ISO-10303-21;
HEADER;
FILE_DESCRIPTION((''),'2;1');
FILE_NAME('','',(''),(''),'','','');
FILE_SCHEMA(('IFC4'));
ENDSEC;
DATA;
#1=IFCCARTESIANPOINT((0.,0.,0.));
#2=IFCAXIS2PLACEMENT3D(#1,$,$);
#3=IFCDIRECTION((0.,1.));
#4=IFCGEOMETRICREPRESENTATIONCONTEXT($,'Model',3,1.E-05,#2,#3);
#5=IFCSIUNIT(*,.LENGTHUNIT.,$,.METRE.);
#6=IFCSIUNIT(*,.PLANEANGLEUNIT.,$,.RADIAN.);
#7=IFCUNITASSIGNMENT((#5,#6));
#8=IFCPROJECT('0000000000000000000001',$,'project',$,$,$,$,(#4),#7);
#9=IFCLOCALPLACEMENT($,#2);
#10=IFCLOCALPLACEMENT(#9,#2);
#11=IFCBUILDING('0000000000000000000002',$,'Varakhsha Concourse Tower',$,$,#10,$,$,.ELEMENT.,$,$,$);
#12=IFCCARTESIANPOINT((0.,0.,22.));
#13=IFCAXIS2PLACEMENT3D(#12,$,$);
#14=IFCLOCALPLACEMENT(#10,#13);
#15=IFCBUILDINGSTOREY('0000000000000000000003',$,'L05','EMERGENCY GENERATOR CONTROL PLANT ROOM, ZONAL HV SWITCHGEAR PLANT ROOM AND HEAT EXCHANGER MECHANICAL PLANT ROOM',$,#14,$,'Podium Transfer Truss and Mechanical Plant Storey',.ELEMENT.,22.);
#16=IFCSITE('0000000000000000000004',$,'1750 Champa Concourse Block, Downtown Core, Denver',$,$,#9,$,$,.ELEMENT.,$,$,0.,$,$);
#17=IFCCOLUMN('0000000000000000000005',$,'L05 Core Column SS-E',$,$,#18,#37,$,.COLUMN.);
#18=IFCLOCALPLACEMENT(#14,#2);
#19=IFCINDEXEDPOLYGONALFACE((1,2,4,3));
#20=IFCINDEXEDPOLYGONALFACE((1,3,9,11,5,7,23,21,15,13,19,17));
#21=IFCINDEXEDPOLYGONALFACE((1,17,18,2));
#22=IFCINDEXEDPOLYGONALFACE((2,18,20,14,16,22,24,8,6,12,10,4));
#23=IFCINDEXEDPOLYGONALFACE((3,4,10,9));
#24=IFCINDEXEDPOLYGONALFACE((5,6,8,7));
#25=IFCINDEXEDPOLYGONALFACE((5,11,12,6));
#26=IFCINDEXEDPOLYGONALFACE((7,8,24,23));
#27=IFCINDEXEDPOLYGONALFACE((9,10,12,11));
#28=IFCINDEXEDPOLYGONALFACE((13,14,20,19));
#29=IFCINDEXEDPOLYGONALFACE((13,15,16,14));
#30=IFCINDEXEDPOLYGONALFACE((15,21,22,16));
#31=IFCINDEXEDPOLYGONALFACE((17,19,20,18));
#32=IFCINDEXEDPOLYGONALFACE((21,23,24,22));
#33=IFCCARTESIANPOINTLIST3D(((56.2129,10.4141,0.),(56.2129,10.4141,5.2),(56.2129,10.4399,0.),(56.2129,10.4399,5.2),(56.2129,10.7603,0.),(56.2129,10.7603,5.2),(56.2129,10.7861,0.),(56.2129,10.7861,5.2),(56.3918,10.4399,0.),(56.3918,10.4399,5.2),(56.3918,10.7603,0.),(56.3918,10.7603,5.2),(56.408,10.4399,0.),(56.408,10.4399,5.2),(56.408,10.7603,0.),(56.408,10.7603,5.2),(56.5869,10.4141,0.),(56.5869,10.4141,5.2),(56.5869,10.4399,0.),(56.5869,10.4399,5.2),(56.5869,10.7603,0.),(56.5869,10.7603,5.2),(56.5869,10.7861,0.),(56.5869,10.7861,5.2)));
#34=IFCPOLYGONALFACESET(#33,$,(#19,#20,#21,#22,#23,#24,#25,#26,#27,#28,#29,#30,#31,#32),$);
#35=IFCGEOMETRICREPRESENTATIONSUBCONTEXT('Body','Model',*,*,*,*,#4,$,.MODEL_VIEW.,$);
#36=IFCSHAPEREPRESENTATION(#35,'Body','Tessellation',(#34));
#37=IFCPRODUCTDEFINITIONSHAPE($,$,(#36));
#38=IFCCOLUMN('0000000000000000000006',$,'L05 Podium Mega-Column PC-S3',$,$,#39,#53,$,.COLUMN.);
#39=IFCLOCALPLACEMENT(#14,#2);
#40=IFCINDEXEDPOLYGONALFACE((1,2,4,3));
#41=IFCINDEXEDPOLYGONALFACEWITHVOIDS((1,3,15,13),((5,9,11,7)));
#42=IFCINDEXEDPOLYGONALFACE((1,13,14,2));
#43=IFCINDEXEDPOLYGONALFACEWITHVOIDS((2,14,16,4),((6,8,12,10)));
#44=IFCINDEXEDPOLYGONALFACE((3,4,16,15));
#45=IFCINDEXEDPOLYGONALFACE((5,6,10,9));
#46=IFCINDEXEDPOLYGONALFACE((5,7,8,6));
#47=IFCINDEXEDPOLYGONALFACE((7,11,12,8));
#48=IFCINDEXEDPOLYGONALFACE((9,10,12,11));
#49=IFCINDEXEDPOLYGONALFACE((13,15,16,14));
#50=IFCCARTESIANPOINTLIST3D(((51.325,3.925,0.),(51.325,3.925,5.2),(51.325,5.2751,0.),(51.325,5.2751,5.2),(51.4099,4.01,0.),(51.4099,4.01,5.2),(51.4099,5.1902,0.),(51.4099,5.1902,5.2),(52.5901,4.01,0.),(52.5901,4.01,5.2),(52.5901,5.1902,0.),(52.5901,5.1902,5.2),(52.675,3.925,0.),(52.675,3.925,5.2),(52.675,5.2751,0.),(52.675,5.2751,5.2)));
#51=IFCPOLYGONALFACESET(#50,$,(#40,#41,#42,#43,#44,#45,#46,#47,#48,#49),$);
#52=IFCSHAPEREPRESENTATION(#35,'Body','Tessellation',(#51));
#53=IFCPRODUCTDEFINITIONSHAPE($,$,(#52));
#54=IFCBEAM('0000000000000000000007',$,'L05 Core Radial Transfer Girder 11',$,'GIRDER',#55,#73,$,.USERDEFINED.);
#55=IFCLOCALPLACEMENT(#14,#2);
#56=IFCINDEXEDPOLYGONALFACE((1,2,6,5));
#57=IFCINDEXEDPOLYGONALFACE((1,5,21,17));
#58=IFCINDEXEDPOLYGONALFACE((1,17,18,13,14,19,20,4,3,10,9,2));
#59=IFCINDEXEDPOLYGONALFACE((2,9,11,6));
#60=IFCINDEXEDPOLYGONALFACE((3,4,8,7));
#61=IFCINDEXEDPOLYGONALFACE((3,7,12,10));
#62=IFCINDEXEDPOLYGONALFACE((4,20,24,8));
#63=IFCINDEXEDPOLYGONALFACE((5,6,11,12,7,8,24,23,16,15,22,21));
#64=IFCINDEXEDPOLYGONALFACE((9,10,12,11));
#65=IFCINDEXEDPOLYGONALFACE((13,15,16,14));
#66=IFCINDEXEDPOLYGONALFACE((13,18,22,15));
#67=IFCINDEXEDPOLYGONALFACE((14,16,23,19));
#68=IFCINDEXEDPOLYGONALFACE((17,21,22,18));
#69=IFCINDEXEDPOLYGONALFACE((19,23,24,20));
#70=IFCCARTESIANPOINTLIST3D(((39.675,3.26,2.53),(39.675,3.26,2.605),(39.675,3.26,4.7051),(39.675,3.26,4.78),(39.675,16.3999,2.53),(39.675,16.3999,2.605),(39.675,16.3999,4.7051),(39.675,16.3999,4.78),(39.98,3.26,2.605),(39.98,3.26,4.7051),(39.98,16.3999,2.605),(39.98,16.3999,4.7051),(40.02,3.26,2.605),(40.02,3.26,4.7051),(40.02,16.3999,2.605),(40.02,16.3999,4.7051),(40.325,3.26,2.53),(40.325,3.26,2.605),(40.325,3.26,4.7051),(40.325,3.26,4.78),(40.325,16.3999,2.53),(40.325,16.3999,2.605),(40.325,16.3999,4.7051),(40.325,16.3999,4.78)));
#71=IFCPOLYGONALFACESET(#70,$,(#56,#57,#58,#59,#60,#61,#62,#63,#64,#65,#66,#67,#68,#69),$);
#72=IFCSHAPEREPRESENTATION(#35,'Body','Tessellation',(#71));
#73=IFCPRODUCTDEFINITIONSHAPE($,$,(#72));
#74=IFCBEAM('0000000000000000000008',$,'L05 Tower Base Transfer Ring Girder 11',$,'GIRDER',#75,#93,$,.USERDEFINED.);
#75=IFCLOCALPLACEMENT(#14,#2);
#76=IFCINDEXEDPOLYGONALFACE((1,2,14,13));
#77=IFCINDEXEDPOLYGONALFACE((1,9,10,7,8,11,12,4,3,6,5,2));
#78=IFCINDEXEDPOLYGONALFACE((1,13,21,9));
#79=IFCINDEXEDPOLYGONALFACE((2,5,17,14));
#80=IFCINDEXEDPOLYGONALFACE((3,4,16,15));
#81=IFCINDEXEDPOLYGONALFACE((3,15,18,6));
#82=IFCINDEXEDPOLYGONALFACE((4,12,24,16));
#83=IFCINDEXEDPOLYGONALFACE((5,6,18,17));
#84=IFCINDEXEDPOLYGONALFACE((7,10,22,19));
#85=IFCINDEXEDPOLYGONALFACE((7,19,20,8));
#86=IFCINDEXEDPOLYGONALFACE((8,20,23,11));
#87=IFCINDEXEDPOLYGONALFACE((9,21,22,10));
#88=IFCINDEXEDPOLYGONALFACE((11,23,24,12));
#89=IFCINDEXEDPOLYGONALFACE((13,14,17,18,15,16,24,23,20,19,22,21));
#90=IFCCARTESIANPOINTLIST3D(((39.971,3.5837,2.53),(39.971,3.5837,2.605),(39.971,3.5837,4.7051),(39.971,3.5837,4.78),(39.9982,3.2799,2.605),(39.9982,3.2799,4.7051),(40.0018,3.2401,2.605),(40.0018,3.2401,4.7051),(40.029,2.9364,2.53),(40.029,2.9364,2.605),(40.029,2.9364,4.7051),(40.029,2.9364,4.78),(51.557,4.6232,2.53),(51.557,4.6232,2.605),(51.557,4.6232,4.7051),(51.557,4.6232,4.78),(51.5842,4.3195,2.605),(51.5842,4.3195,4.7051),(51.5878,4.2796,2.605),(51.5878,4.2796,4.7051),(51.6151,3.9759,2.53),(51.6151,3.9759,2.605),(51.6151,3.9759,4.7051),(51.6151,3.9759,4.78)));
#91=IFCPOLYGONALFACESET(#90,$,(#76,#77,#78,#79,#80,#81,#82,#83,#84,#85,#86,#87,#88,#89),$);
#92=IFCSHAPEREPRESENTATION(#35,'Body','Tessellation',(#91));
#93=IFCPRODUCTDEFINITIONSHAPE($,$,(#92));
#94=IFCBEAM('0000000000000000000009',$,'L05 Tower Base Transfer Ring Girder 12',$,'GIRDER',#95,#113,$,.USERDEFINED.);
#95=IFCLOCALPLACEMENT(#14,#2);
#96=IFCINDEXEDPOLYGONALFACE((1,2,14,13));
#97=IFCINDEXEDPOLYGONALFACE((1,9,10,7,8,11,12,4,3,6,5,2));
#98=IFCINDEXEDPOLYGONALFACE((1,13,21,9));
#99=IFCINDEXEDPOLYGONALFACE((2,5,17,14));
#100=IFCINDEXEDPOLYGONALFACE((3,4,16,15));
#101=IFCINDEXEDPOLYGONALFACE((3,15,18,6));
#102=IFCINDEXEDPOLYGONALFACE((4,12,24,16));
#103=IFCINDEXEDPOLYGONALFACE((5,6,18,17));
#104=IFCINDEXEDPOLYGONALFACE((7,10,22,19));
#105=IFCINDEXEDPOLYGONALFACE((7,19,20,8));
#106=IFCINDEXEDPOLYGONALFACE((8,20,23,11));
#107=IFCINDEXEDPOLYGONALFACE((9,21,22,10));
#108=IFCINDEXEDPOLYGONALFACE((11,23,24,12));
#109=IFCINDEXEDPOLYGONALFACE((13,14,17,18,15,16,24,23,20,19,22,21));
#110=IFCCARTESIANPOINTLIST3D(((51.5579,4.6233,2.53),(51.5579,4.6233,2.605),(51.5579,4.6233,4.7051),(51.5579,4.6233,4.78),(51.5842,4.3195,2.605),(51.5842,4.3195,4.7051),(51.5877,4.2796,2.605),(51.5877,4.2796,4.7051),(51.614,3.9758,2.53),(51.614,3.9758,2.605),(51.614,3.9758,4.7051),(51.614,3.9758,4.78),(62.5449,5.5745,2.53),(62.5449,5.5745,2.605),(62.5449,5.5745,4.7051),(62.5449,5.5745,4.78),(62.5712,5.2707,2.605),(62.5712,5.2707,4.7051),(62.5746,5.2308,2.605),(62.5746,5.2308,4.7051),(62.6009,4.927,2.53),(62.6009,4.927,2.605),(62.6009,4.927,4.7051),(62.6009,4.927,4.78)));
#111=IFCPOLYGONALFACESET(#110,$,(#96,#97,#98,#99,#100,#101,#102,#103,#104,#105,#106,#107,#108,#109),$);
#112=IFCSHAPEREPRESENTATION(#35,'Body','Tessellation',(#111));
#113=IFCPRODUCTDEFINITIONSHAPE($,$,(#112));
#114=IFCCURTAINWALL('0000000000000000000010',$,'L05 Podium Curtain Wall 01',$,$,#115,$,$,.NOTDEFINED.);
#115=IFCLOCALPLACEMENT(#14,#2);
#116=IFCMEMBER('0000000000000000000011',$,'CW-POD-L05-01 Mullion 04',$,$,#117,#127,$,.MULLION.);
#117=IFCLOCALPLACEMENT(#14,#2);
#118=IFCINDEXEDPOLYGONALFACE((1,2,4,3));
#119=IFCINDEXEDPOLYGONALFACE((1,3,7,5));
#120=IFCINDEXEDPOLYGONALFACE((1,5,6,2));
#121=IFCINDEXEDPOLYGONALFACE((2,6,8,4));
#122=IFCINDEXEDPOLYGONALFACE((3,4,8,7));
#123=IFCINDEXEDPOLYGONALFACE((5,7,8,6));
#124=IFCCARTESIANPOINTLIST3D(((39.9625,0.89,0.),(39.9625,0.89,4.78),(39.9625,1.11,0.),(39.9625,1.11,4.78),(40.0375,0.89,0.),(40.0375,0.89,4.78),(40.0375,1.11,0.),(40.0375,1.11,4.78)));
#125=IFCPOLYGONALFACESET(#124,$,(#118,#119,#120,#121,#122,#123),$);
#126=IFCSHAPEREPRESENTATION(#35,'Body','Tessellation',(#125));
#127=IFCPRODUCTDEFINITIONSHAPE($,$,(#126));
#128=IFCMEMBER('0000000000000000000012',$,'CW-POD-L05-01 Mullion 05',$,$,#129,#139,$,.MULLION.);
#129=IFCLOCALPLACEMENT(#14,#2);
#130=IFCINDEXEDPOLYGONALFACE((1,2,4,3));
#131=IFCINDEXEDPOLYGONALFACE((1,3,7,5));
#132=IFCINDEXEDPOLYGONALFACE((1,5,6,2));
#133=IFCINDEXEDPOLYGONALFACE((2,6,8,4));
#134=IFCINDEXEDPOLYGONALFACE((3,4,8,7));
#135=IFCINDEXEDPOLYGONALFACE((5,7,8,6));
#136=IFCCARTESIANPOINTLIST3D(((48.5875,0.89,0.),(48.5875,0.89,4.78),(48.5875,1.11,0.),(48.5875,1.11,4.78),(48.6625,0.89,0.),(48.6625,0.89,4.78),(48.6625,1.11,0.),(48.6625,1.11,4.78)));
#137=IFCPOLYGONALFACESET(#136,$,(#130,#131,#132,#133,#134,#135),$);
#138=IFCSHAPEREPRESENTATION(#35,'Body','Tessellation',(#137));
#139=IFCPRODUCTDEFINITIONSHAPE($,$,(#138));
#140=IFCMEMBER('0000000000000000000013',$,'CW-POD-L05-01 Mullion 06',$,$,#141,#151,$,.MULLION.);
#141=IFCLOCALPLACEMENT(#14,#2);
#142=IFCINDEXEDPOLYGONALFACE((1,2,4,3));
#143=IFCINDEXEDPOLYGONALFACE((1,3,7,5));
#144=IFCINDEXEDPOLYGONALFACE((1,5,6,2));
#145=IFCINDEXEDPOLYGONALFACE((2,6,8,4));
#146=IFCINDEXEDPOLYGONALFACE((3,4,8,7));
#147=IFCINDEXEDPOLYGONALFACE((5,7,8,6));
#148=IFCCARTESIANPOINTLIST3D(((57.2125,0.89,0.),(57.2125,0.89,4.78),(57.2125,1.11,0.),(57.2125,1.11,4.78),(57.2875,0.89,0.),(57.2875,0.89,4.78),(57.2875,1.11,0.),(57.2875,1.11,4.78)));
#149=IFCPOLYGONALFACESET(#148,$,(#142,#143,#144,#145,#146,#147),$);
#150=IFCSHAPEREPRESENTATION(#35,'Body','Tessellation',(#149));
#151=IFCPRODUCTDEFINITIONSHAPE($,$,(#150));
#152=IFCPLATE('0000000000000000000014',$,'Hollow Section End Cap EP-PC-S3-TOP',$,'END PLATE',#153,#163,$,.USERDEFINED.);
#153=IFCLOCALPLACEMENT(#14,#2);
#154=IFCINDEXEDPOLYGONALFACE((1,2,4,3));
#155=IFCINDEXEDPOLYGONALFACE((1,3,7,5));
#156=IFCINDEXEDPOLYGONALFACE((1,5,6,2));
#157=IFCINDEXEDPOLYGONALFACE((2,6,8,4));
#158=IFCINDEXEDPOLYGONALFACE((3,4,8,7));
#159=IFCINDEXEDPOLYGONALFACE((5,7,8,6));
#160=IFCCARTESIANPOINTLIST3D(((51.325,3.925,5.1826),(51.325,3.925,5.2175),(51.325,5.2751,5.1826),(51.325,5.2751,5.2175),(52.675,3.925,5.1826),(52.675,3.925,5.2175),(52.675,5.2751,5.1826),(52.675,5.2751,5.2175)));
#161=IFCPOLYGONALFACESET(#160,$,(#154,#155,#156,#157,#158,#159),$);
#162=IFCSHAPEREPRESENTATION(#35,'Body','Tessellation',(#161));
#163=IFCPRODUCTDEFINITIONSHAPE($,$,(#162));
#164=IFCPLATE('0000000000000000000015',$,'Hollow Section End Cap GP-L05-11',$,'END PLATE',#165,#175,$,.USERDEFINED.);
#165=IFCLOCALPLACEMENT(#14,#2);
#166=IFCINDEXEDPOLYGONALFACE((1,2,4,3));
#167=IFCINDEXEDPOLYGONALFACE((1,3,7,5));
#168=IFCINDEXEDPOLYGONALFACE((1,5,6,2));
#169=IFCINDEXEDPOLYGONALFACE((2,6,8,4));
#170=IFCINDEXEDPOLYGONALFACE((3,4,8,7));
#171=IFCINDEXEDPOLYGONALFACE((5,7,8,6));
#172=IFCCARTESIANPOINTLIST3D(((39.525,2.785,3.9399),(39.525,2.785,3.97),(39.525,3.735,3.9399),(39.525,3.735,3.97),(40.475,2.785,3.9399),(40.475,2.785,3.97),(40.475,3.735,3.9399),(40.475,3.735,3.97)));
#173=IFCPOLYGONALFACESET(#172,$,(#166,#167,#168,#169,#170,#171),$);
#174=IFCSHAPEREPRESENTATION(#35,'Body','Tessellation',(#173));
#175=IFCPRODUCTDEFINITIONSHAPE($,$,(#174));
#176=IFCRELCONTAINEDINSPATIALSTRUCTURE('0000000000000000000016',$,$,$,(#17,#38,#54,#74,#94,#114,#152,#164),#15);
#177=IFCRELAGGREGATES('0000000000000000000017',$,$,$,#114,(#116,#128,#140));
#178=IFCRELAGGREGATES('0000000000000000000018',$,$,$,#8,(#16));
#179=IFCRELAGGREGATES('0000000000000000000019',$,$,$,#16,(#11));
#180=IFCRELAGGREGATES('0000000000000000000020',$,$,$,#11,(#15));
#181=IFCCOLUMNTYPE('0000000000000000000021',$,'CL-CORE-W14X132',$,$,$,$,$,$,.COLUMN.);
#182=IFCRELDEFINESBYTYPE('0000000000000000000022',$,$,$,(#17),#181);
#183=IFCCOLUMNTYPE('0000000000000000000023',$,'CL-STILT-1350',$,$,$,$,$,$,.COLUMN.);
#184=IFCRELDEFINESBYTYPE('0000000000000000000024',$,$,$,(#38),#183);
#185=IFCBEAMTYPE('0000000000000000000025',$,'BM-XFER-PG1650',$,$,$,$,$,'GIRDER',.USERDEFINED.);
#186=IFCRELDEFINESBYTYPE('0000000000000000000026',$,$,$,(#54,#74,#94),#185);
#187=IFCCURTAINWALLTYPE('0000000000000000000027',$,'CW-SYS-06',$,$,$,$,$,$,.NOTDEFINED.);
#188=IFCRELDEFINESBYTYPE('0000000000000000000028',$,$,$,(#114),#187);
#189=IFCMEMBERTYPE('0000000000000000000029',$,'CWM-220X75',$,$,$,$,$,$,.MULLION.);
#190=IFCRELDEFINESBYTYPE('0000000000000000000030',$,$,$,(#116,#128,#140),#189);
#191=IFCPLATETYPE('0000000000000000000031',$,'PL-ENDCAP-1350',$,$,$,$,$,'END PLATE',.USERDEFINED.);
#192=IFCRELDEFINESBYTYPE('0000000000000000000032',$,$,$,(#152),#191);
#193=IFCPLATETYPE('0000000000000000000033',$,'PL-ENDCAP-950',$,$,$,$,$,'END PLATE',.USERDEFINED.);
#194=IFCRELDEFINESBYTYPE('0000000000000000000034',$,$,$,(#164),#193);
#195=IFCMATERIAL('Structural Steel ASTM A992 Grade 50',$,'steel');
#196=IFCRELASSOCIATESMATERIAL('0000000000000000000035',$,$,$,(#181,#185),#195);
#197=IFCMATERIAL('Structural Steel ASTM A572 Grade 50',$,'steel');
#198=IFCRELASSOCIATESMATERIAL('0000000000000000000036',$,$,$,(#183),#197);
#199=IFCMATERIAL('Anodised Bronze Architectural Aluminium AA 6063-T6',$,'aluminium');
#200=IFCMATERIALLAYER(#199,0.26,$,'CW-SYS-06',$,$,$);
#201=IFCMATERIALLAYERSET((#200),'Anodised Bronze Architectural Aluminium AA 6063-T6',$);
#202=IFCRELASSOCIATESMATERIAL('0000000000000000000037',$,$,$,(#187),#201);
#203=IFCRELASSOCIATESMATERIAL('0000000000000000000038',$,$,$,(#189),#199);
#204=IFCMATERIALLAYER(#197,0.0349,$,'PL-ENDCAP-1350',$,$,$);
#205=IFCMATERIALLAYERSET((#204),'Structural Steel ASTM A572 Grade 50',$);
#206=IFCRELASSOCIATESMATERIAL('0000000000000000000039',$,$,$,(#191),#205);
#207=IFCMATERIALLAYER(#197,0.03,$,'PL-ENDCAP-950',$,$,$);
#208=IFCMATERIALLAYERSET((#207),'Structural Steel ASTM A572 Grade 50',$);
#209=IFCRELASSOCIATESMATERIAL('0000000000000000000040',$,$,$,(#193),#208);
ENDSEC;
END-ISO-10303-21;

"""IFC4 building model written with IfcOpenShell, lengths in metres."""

from ifc_helpers import new_model, si_unit, direction, frame, origin, origin_2d, place, context, subcontext, project, spatial, rectangle, hollow_rectangle, i_section, extrude, source, transform, mapped, material, layer, layer_set, material_profile, profile_set, type_object, type_shapes, element, aggregate, save


model = new_model("IFC4")

# Units and contexts
model_context = context("Model", 3, precision=1e-05, world=origin(), true_north=direction((0.0, 1.0)))
body_context = subcontext(model_context, "Body", "Model", "MODEL_VIEW")
ifc_project = project(units=[si_unit("LENGTHUNIT", "METRE"), si_unit("PLANEANGLEUNIT", "RADIAN")], contexts=[model_context])

# Site, building, storey
site_placement = place(None, origin())
site = spatial("IfcSite", under=ifc_project, at=site_placement, Name="1750 Champa Concourse Block, Downtown Core, Denver", CompositionType="ELEMENT", RefElevation=0.0)
building_placement = place(site_placement, origin())
building = spatial("IfcBuilding", under=site, at=building_placement, Name="Varakhsha Concourse Tower", CompositionType="ELEMENT")
storey_placement = place(building_placement, frame((0.0, 0.0, 22.0)))
storey = spatial("IfcBuildingStorey", under=building, at=storey_placement, Name="L05", Description="EMERGENCY GENERATOR CONTROL PLANT ROOM, ZONAL HV SWITCHGEAR PLANT ROOM AND HEAT EXCHANGER MECHANICAL PLANT ROOM", LongName="Podium Transfer Truss and Mechanical Plant Storey", CompositionType="ELEMENT", Elevation=22.0)

# Columns
ifc_material_1 = material(Name="Structural Steel ASTM A992 Grade 50", Category="steel")
ifc_material_profile_1 = material_profile(ifc_material_1, i_section(OverallWidth=0.374, OverallDepth=0.3721, WebThickness=0.0161, FlangeThickness=0.0259, at=origin_2d()), Name="W14X132")
ifc_profile_set_1 = profile_set([ifc_material_profile_1], Name="Structural Steel ASTM A992 Grade 50")
column_type_1 = type_object("IfcColumnType", Name="CL-CORE-W14X132", PredefinedType="COLUMN", material=ifc_profile_set_1)
column_1_placement = place(storey_placement, frame((56.3999, 10.6001, 0.0), z_axis=(0.0, 0.0, 1.0), x_axis=(1.0, 0.0, 0.0)))
element("IfcColumn", 1, at=column_1_placement, inside=storey, type_object=column_type_1, Name="L05 Core Column SS-E", PredefinedType="COLUMN", context=body_context, shape_type="SweptSolid", body=[
    extrude(i_section(OverallWidth=0.374, OverallDepth=0.3721, WebThickness=0.0161, FlangeThickness=0.0259, at=origin_2d()), origin(), (0.0, 0.0, 1.0), 5.2),
])
ifc_material_2 = material(Name="Structural Steel ASTM A572 Grade 50", Category="steel")
ifc_material_profile_2 = material_profile(ifc_material_2, hollow_rectangle(XDim=1.3501, YDim=1.3501, WallThickness=0.085, at=origin_2d()), Name="BOX 1350x1350x85")
ifc_profile_set_2 = profile_set([ifc_material_profile_2], Name="Structural Steel ASTM A572 Grade 50")
column_type_2 = type_object("IfcColumnType", Name="CL-STILT-1350", PredefinedType="COLUMN", material=ifc_profile_set_2)
column_2_placement = place(storey_placement, frame((52.0, 4.6001, 0.0), z_axis=(0.0, 0.0, 1.0), x_axis=(1.0, 0.0, 0.0)))
element("IfcColumn", 2, at=column_2_placement, inside=storey, type_object=column_type_2, Name="L05 Podium Mega-Column PC-S3", PredefinedType="COLUMN", context=body_context, shape_type="SweptSolid", body=[
    extrude(hollow_rectangle(XDim=1.3501, YDim=1.3501, WallThickness=0.085, at=origin_2d()), origin(), (0.0, 0.0, 1.0), 5.2),
])

# Beams
ifc_material_profile_3 = material_profile(ifc_material_1, i_section(OverallWidth=0.6499, OverallDepth=2.25, WebThickness=0.04, FlangeThickness=0.075, at=origin_2d()), Name="PG 2250x650x75x40")
ifc_profile_set_3 = profile_set([ifc_material_profile_3], Name="Structural Steel ASTM A992 Grade 50")
beam_type = type_object("IfcBeamType", Name="BM-XFER-PG1650", ElementType="GIRDER", PredefinedType="USERDEFINED", material=ifc_profile_set_3)
beam_1_placement = place(storey_placement, frame((40.0, 16.3999, 3.655), z_axis=(0.0, -1.0, 0.0), x_axis=(1.0, 0.0, 0.0)))
element("IfcBeam", 3, at=beam_1_placement, inside=storey, type_object=beam_type, Name="L05 Core Radial Transfer Girder 11", ObjectType="GIRDER", PredefinedType="USERDEFINED", context=body_context, shape_type="SweptSolid", body=[
    extrude(i_section(OverallWidth=0.6499, OverallDepth=2.25, WebThickness=0.04, FlangeThickness=0.075, at=origin_2d()), origin(), (0.0, 0.0, 1.0), 13.1399),
])
beam_2_placement = place(storey_placement, frame((40.0, 3.26, 3.655), z_axis=(0.995999, 0.089366, 0.0), x_axis=(-0.089366, 0.995999, 0.0)))
element("IfcBeam", 4, at=beam_2_placement, inside=storey, type_object=beam_type, Name="L05 Tower Base Transfer Ring Girder 11", ObjectType="GIRDER", PredefinedType="USERDEFINED", context=body_context, shape_type="SweptSolid", body=[
    extrude(i_section(OverallWidth=0.6499, OverallDepth=2.25, WebThickness=0.04, FlangeThickness=0.075, at=origin_2d()), origin(), (0.0, 0.0, 1.0), 11.6326),
])
beam_3_placement = place(storey_placement, frame((51.5859, 4.2996, 3.655), z_axis=(0.996274, 0.086249, 0.0), x_axis=(-0.086249, 0.996274, 0.0)))
element("IfcBeam", 5, at=beam_3_placement, inside=storey, type_object=beam_type, Name="L05 Tower Base Transfer Ring Girder 12", ObjectType="GIRDER", PredefinedType="USERDEFINED", context=body_context, shape_type="SweptSolid", body=[
    extrude(i_section(OverallWidth=0.6499, OverallDepth=2.25, WebThickness=0.04, FlangeThickness=0.075, at=origin_2d()), origin(), (0.0, 0.0, 1.0), 11.0281),
])

# Curtain wall, members
ifc_material_3 = material(Name="Anodised Bronze Architectural Aluminium AA 6063-T6", Category="aluminium")
ifc_layer_1 = layer(ifc_material_3, 0.26, Name="CW-SYS-06")
ifc_layer_set_1 = layer_set([ifc_layer_1], Name="Anodised Bronze Architectural Aluminium AA 6063-T6")
curtain_wall_type = type_object("IfcCurtainWallType", Name="CW-SYS-06", PredefinedType="NOTDEFINED", material=ifc_layer_set_1)
curtain_wall_placement = place(storey_placement, origin())
curtain_wall = element("IfcCurtainWall", 6, at=curtain_wall_placement, inside=storey, type_object=curtain_wall_type, Name="L05 Podium Curtain Wall 01", PredefinedType="NOTDEFINED")
ifc_material_profile_4 = material_profile(ifc_material_3, rectangle(XDim=0.075, YDim=0.22, at=origin_2d()), Name="CWM-220X75")
ifc_profile_set_4 = profile_set([ifc_material_profile_4], Name="Anodised Bronze Architectural Aluminium AA 6063-T6")
member_type = type_object("IfcMemberType", Name="CWM-220X75", PredefinedType="MULLION", material=ifc_profile_set_4)
shared_shape_1 = source(origin(), body_context, "Body", "SweptSolid", [
    extrude(rectangle(XDim=0.075, YDim=0.22, at=origin_2d()), origin(), (0.0, 0.0, 1.0), 4.78),
])
type_shapes(member_type, [shared_shape_1])
member_1_placement = place(storey_placement, frame((40.0, 1.0, 0.0), z_axis=(0.0, 0.0, 1.0), x_axis=(1.0, 0.0, 0.0)))
member_1 = element("IfcMember", 7, at=member_1_placement, type_object=member_type, Name="CW-POD-L05-01 Mullion 04", PredefinedType="MULLION", context=body_context, shape_type="MappedRepresentation", body=[
    mapped(shared_shape_1, transform((0.0, 0.0, 0.0), scale=1.0)),
])
member_2_placement = place(storey_placement, frame((48.625, 1.0, 0.0), z_axis=(0.0, 0.0, 1.0), x_axis=(1.0, 0.0, 0.0)))
member_2 = element("IfcMember", 8, at=member_2_placement, type_object=member_type, Name="CW-POD-L05-01 Mullion 05", PredefinedType="MULLION", context=body_context, shape_type="MappedRepresentation", body=[
    mapped(shared_shape_1, transform((0.0, 0.0, 0.0), scale=1.0)),
])
member_3_placement = place(storey_placement, frame((57.25, 1.0, 0.0), z_axis=(0.0, 0.0, 1.0), x_axis=(1.0, 0.0, 0.0)))
member_3 = element("IfcMember", 9, at=member_3_placement, type_object=member_type, Name="CW-POD-L05-01 Mullion 06", PredefinedType="MULLION", context=body_context, shape_type="MappedRepresentation", body=[
    mapped(shared_shape_1, transform((0.0, 0.0, 0.0), scale=1.0)),
])

# Plates
ifc_layer_2 = layer(ifc_material_2, 0.0349, Name="PL-ENDCAP-1350")
ifc_layer_set_2 = layer_set([ifc_layer_2], Name="Structural Steel ASTM A572 Grade 50")
plate_type_1 = type_object("IfcPlateType", Name="PL-ENDCAP-1350", ElementType="END PLATE", PredefinedType="USERDEFINED", material=ifc_layer_set_2)
shared_shape_2 = source(origin(), body_context, "Body", "SweptSolid", [
    extrude(rectangle(XDim=1.3501, YDim=1.3501, at=origin_2d()), origin(), (0.0, 0.0, 1.0), 0.0349),
])
type_shapes(plate_type_1, [shared_shape_2])
plate_1_placement = place(storey_placement, frame((52.0, 4.6001, 5.1826), z_axis=(0.0, 0.0, 1.0), x_axis=(1.0, 0.0, 0.0)))
element("IfcPlate", 10, at=plate_1_placement, inside=storey, type_object=plate_type_1, Name="Hollow Section End Cap EP-PC-S3-TOP", ObjectType="END PLATE", PredefinedType="USERDEFINED", context=body_context, shape_type="MappedRepresentation", body=[
    mapped(shared_shape_2, transform((0.0, 0.0, 0.0), scale=1.0)),
])
ifc_layer_3 = layer(ifc_material_2, 0.03, Name="PL-ENDCAP-950")
ifc_layer_set_3 = layer_set([ifc_layer_3], Name="Structural Steel ASTM A572 Grade 50")
plate_type_2 = type_object("IfcPlateType", Name="PL-ENDCAP-950", ElementType="END PLATE", PredefinedType="USERDEFINED", material=ifc_layer_set_3)
shared_shape_3 = source(origin(), body_context, "Body", "SweptSolid", [
    extrude(rectangle(XDim=0.95, YDim=0.95, at=origin_2d()), origin(), (0.0, 0.0, 1.0), 0.03),
])
type_shapes(plate_type_2, [shared_shape_3])
plate_2_placement = place(storey_placement, frame((40.0, 3.26, 3.9399), z_axis=(0.0, 0.0, 1.0), x_axis=(1.0, 0.0, 0.0)))
element("IfcPlate", 11, at=plate_2_placement, inside=storey, type_object=plate_type_2, Name="Hollow Section End Cap GP-L05-11", ObjectType="END PLATE", PredefinedType="USERDEFINED", context=body_context, shape_type="MappedRepresentation", body=[
    mapped(shared_shape_3, transform((0.0, 0.0, 0.0), scale=1.0)),
])

aggregate(curtain_wall, [member_1, member_2, member_3])

save(model, "model.ifc")
